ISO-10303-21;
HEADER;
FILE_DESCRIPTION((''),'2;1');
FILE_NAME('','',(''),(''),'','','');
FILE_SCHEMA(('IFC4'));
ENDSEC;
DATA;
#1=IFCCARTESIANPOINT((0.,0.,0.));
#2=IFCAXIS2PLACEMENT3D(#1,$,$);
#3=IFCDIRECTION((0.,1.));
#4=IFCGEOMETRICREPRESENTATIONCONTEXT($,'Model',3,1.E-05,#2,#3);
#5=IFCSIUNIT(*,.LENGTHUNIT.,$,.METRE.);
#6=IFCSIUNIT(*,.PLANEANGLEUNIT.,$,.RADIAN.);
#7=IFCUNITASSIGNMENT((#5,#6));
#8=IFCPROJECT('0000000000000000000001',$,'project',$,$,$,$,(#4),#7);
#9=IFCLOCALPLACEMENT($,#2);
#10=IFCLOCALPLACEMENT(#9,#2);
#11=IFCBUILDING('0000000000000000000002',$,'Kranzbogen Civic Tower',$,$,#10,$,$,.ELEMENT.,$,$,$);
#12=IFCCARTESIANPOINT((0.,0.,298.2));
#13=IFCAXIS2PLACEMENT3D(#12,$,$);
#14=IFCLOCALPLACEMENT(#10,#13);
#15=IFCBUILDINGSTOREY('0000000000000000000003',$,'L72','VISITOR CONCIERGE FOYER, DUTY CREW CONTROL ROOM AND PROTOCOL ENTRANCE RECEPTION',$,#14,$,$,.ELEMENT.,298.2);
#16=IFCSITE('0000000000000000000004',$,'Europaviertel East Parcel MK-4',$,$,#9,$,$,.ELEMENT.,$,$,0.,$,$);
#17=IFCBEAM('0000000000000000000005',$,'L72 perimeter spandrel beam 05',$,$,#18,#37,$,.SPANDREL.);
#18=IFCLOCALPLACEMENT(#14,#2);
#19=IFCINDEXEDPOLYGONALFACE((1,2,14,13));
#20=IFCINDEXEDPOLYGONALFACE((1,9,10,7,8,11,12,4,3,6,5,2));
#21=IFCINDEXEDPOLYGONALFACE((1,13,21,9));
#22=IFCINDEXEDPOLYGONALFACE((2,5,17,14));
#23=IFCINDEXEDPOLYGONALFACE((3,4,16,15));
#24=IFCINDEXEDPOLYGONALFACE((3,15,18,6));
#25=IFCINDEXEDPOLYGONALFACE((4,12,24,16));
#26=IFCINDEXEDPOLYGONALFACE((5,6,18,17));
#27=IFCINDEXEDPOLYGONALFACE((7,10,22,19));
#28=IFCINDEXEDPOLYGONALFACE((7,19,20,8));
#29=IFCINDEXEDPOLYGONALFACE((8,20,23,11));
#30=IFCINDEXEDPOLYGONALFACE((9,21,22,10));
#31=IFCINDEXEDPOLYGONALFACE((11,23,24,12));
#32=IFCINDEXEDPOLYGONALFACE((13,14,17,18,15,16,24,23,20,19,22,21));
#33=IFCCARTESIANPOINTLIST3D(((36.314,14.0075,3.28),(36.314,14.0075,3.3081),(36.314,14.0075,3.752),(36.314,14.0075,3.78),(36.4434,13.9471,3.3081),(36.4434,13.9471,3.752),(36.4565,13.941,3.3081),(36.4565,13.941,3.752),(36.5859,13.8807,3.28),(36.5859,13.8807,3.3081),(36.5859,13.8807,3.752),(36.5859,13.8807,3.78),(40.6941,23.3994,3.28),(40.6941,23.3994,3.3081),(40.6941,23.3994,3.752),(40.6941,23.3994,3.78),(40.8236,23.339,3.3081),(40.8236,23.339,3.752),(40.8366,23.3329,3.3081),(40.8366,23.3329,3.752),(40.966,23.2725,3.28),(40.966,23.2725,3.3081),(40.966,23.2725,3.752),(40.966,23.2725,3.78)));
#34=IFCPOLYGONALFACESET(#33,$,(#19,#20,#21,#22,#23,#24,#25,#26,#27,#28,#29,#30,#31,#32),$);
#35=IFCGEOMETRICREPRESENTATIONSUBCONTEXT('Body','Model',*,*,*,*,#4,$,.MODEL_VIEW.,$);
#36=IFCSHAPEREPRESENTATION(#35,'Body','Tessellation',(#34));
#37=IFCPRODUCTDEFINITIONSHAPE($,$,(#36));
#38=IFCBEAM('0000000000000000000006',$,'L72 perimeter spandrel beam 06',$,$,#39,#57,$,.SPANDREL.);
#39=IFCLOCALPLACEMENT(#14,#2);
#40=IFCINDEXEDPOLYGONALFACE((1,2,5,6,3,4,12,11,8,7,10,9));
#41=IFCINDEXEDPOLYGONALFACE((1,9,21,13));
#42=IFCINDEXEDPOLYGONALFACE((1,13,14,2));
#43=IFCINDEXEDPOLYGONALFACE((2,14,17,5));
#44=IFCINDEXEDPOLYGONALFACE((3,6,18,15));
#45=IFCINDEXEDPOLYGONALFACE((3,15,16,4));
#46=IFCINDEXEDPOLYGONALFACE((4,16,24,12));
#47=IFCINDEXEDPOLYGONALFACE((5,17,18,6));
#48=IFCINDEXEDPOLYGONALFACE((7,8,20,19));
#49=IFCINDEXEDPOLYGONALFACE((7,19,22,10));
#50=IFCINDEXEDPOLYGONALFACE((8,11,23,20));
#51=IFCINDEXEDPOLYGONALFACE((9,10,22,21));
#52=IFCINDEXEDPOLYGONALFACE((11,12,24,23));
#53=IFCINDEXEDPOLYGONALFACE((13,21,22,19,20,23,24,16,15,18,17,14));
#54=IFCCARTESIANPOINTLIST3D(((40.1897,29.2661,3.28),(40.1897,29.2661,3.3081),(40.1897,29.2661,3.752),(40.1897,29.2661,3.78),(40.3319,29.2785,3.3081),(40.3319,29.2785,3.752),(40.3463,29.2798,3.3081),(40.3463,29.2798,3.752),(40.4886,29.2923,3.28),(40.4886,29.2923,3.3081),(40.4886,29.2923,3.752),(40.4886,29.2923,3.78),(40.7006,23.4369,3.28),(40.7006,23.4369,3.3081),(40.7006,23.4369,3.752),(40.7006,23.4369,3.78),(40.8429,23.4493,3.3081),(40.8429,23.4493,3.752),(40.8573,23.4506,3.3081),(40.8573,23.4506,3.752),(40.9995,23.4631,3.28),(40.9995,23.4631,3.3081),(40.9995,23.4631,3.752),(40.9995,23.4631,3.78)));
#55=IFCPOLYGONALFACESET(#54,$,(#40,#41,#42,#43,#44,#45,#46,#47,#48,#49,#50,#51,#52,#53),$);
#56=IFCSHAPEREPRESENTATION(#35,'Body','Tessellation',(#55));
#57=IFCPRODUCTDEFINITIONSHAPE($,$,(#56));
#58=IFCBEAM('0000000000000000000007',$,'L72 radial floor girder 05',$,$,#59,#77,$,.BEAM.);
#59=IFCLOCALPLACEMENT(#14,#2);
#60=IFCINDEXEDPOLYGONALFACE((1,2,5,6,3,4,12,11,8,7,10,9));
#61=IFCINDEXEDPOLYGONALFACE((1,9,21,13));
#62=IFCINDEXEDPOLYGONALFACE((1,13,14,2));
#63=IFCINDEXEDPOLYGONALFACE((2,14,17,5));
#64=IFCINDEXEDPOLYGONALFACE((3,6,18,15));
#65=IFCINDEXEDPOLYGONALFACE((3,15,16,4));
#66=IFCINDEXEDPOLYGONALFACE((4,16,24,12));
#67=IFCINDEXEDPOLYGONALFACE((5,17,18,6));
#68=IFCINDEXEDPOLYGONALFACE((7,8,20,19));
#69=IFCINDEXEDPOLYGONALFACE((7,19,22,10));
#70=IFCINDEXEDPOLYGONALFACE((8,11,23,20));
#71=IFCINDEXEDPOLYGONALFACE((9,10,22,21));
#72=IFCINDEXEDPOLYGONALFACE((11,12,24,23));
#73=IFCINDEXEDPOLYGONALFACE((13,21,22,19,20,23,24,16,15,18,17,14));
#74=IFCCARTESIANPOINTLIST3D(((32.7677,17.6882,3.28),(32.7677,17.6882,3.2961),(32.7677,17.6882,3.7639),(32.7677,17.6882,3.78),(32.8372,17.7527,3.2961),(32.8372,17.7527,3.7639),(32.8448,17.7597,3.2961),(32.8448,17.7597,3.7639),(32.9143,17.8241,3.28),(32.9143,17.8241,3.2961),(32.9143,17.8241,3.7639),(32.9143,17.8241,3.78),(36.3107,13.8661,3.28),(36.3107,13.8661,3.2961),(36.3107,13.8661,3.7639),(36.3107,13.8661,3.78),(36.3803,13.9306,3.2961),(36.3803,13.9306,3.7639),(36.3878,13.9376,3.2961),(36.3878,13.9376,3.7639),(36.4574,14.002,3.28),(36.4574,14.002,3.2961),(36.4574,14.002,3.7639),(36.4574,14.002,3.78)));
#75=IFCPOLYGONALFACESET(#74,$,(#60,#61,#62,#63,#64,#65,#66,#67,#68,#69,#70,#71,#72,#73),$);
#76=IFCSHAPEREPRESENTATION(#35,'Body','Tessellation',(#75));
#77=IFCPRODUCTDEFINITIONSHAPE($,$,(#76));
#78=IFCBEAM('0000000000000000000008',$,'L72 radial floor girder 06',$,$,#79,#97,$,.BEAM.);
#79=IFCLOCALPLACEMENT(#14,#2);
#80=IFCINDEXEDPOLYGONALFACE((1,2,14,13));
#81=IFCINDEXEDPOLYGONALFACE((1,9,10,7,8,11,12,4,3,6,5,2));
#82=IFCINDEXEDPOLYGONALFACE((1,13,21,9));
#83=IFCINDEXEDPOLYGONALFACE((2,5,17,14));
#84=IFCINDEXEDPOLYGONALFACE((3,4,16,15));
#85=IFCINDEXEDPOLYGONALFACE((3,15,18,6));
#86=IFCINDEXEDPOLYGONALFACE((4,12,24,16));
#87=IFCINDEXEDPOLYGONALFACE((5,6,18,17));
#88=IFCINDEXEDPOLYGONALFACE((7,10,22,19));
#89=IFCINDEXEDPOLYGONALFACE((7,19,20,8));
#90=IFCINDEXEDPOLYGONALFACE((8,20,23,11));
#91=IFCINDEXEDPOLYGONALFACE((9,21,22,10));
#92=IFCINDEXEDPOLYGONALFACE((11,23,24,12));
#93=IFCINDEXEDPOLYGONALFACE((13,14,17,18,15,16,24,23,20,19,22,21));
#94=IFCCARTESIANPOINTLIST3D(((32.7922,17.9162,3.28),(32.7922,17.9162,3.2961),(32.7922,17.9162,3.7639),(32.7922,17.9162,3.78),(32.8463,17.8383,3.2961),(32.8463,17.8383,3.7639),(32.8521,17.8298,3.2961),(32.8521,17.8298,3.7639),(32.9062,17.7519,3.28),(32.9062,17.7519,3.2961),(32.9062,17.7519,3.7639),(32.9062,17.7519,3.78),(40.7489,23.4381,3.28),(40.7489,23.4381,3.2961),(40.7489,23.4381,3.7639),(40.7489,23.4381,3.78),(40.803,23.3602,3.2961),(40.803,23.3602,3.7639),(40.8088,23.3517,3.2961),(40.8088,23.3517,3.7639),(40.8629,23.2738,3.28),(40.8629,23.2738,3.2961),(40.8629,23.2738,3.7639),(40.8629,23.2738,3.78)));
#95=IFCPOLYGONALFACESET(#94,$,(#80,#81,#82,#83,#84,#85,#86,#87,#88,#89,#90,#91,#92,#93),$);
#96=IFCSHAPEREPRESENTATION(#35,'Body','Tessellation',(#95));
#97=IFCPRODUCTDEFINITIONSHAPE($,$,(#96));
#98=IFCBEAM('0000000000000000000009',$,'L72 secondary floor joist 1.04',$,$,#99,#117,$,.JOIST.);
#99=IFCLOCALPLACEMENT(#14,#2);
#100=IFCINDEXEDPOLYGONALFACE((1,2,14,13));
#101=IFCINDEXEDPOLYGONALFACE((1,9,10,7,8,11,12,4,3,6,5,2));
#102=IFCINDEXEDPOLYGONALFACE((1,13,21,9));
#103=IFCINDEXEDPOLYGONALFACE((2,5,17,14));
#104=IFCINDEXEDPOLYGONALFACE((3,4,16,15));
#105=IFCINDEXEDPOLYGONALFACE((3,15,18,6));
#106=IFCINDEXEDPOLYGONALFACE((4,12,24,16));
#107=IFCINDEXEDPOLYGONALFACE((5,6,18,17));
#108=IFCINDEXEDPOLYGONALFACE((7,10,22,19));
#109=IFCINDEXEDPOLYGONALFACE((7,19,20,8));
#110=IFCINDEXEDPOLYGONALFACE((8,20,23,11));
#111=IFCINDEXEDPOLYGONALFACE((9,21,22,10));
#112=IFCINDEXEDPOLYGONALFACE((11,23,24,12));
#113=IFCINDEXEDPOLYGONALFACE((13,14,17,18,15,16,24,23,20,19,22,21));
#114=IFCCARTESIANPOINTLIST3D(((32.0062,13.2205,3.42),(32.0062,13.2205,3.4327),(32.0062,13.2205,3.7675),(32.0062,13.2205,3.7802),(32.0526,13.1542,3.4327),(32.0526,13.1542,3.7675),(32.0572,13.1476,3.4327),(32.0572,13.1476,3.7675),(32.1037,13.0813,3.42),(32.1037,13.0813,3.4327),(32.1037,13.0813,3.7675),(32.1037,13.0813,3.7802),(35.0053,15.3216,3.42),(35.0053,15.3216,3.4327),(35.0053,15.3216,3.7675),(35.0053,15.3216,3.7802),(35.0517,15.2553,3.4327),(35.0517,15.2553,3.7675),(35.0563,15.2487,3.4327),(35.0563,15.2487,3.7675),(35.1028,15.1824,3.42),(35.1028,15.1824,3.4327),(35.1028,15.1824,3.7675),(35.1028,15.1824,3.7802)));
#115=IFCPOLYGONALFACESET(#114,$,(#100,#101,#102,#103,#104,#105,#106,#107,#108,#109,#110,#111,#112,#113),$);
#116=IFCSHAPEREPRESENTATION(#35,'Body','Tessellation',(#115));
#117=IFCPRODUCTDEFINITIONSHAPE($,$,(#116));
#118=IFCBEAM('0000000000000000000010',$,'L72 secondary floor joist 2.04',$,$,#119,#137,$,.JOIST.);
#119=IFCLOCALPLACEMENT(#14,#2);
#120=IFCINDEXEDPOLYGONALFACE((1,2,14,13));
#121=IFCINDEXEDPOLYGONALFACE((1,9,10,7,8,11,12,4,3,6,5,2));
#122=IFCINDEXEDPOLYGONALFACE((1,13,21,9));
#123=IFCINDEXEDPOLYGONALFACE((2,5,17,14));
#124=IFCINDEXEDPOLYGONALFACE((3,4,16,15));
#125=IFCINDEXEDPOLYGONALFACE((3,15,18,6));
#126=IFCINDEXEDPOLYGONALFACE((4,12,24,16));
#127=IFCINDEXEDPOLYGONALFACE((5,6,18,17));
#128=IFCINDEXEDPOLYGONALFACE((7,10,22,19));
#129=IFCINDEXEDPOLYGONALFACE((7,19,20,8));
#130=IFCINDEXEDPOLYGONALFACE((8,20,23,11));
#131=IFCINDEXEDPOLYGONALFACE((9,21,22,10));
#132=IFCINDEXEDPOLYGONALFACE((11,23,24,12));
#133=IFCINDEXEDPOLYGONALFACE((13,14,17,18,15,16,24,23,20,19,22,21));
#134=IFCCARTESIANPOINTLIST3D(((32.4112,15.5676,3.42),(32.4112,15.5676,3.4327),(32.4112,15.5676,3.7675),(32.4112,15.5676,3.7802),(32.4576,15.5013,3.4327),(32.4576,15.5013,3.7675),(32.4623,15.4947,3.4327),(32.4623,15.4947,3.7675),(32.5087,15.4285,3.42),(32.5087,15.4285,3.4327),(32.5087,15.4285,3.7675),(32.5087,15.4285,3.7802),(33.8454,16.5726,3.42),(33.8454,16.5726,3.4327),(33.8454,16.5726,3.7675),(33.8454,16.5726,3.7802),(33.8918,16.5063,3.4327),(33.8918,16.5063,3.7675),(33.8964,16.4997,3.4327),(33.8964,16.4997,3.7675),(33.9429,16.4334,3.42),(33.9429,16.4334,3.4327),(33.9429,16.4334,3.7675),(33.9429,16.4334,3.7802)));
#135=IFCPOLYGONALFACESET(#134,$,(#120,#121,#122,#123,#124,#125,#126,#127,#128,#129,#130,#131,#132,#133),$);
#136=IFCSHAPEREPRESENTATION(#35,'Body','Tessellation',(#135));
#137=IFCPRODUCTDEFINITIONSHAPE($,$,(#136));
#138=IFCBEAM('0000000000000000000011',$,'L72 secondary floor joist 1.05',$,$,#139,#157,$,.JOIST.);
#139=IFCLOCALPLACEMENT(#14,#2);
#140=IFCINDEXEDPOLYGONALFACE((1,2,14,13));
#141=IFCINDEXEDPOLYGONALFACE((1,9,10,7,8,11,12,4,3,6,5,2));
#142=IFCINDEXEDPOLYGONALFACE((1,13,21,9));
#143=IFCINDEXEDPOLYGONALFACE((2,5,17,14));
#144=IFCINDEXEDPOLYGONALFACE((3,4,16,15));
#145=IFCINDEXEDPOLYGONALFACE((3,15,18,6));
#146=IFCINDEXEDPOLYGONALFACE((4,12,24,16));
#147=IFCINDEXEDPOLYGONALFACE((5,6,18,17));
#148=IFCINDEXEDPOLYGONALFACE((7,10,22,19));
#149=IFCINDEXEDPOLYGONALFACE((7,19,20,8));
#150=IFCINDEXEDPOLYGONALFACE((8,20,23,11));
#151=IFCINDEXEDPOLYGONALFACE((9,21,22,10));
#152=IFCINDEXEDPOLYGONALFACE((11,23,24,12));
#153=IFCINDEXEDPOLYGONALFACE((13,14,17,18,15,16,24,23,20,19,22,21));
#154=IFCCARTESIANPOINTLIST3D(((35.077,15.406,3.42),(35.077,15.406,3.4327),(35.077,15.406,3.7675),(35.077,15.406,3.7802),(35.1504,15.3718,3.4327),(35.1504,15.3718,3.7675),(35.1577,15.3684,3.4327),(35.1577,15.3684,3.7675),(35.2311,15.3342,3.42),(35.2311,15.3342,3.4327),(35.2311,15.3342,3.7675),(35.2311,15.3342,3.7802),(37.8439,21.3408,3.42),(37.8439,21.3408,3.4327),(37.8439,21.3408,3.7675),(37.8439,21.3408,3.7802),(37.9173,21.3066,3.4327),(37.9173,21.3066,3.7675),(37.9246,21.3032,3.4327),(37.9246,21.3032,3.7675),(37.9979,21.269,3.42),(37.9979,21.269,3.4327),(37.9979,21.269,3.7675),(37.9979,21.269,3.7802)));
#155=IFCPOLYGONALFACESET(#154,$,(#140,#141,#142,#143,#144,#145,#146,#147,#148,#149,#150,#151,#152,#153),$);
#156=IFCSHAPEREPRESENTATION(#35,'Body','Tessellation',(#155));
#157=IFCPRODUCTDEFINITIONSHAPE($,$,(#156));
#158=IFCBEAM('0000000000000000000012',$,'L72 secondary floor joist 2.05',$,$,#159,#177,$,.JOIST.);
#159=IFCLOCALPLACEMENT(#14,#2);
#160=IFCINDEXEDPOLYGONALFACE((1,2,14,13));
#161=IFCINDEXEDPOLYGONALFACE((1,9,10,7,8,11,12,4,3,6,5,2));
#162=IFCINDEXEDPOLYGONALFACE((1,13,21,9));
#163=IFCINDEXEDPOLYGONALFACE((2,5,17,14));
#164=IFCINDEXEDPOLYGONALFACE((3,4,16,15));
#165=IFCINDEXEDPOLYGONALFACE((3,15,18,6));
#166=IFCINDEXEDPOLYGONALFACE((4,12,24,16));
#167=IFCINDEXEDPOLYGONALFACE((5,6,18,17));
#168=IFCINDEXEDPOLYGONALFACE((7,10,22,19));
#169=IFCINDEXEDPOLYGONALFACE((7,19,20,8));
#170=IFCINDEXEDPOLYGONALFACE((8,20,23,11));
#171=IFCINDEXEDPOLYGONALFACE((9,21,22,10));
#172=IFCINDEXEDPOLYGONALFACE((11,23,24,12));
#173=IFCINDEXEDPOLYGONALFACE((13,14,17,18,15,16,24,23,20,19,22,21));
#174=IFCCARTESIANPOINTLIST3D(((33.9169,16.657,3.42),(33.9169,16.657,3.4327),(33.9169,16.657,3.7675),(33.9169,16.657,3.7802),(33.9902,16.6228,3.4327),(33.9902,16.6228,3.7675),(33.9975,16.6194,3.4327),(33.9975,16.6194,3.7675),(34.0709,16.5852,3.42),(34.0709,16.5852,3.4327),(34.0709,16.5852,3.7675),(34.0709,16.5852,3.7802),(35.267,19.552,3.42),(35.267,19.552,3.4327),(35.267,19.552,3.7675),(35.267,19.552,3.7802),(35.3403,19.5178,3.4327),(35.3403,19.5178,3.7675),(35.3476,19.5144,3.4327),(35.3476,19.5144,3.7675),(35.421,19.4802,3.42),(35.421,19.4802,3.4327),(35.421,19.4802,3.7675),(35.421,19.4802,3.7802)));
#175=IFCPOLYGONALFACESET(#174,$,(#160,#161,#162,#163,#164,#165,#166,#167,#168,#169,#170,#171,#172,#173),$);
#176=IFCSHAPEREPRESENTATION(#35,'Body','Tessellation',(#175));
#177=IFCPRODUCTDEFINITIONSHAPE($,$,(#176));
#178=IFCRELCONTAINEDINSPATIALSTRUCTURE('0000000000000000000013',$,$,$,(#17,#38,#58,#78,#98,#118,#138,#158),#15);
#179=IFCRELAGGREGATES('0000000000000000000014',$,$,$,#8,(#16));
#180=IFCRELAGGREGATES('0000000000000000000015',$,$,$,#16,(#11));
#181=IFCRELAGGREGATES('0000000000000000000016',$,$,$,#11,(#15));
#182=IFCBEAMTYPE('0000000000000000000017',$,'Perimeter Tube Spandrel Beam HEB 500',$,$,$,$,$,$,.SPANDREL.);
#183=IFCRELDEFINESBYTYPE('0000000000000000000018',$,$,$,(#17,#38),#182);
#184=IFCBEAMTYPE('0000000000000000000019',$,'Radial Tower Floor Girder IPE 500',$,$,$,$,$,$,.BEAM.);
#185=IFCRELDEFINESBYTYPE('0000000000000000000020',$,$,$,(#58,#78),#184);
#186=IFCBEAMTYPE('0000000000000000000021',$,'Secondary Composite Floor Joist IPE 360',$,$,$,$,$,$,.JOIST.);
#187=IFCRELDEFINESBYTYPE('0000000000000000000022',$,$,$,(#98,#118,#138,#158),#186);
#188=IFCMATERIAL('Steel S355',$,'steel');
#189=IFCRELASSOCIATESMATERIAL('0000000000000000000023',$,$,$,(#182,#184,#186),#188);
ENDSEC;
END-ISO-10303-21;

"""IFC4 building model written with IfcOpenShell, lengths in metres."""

from ifc_helpers import new_model, si_unit, direction, frame, origin, origin_2d, place, context, subcontext, project, spatial, i_section, extrude, material, material_profile, profile_set, type_object, element, save


model = new_model("IFC4")

# Units and contexts
model_context = context("Model", 3, precision=1e-05, world=origin(), true_north=direction((0.0, 1.0)))
body_context = subcontext(model_context, "Body", "Model", "MODEL_VIEW")
ifc_project = project(units=[si_unit("LENGTHUNIT", "METRE"), si_unit("PLANEANGLEUNIT", "RADIAN")], contexts=[model_context])

# Site, building, storey
site_placement = place(None, origin())
site = spatial("IfcSite", under=ifc_project, at=site_placement, Name="Europaviertel East Parcel MK-4", CompositionType="ELEMENT", RefElevation=0.0)
building_placement = place(site_placement, origin())
building = spatial("IfcBuilding", under=site, at=building_placement, Name="Kranzbogen Civic Tower", CompositionType="ELEMENT")
storey_placement = place(building_placement, frame((0.0, 0.0, 298.2)))
storey = spatial("IfcBuildingStorey", under=building, at=storey_placement, Name="L72", Description="VISITOR CONCIERGE FOYER, DUTY CREW CONTROL ROOM AND PROTOCOL ENTRANCE RECEPTION", CompositionType="ELEMENT", Elevation=298.2)

# Shared definitions
ifc_material_1 = material(Name="Steel S355", Category="steel")

# Beams
ifc_material_profile_1 = material_profile(ifc_material_1, i_section(OverallWidth=0.3, OverallDepth=0.5, WebThickness=0.0144, FlangeThickness=0.0281, at=origin_2d()), Name="HEB 500")
ifc_profile_set_1 = profile_set([ifc_material_profile_1], Name="Steel S355")
beam_type_1 = type_object("IfcBeamType", Name="Perimeter Tube Spandrel Beam HEB 500", PredefinedType="SPANDREL", material=ifc_profile_set_1)
beam_1_placement = place(storey_placement, frame((36.45, 13.9441, 3.53), z_axis=(0.422669, 0.906284, 0.0), x_axis=(-0.906284, 0.422669, 0.0)))
element("IfcBeam", 1, at=beam_1_placement, inside=storey, type_object=beam_type_1, Name="L72 perimeter spandrel beam 05", PredefinedType="SPANDREL", context=body_context, shape_type="SweptSolid", body=[
    extrude(i_section(OverallWidth=0.3, OverallDepth=0.5, WebThickness=0.0144, FlangeThickness=0.0281, at=origin_2d()), origin(), (0.0, 0.0, 1.0), 10.363),
])
beam_2_placement = place(storey_placement, frame((40.8501, 23.45, 3.53), z_axis=(-0.087326, 0.99618, 0.0), x_axis=(-0.99618, -0.087326, 0.0)))
element("IfcBeam", 2, at=beam_2_placement, inside=storey, type_object=beam_type_1, Name="L72 perimeter spandrel beam 06", PredefinedType="SPANDREL", context=body_context, shape_type="SweptSolid", body=[
    extrude(i_section(OverallWidth=0.3, OverallDepth=0.5, WebThickness=0.0144, FlangeThickness=0.0281, at=origin_2d()), origin(), (0.0, 0.0, 1.0), 5.8516),
])
ifc_material_profile_2 = material_profile(ifc_material_1, i_section(OverallWidth=0.2, OverallDepth=0.5, WebThickness=0.0103, FlangeThickness=0.0161, at=origin_2d()), Name="IPE 500")
ifc_profile_set_2 = profile_set([ifc_material_profile_2], Name="Steel S355")
beam_type_2 = type_object("IfcBeamType", Name="Radial Tower Floor Girder IPE 500", PredefinedType="BEAM", material=ifc_profile_set_2)
beam_3_placement = place(storey_placement, frame((36.384, 13.9341, 3.53), z_axis=(-0.679827, 0.733372, 0.0), x_axis=(-0.733372, -0.679827, 0.0)))
element("IfcBeam", 3, at=beam_3_placement, inside=storey, type_object=beam_type_2, Name="L72 radial floor girder 05", PredefinedType="BEAM", context=body_context, shape_type="SweptSolid", body=[
    extrude(i_section(OverallWidth=0.2, OverallDepth=0.5, WebThickness=0.0103, FlangeThickness=0.0161, at=origin_2d()), origin(), (0.0, 0.0, 1.0), 5.2117),
])
beam_4_placement = place(storey_placement, frame((40.8059, 23.356, 3.53), z_axis=(-0.821543, -0.570147, 0.0), x_axis=(0.570147, -0.821543, 0.0)))
element("IfcBeam", 4, at=beam_4_placement, inside=storey, type_object=beam_type_2, Name="L72 radial floor girder 06", PredefinedType="BEAM", context=body_context, shape_type="SweptSolid", body=[
    extrude(i_section(OverallWidth=0.2, OverallDepth=0.5, WebThickness=0.0103, FlangeThickness=0.0161, at=origin_2d()), origin(), (0.0, 0.0, 1.0), 9.6851),
])
ifc_material_profile_3 = material_profile(ifc_material_1, i_section(OverallWidth=0.1699, OverallDepth=0.3601, WebThickness=0.0081, FlangeThickness=0.0127, at=origin_2d()), Name="IPE 360")
ifc_profile_set_3 = profile_set([ifc_material_profile_3], Name="Steel S355")
beam_type_3 = type_object("IfcBeamType", Name="Secondary Composite Floor Joist IPE 360", PredefinedType="JOIST", material=ifc_profile_set_3)
beam_5_placement = place(storey_placement, frame((32.0549, 13.1509, 3.6001), z_axis=(0.819006, 0.573784, 0.0), x_axis=(-0.573784, 0.819006, 0.0)))
element("IfcBeam", 5, at=beam_5_placement, inside=storey, type_object=beam_type_3, Name="L72 secondary floor joist 1.04", PredefinedType="JOIST", context=body_context, shape_type="SweptSolid", body=[
    extrude(i_section(OverallWidth=0.1699, OverallDepth=0.3601, WebThickness=0.0081, FlangeThickness=0.0127, at=origin_2d()), origin(), (0.0, 0.0, 1.0), 3.6619),
])
beam_6_placement = place(storey_placement, frame((32.46, 15.498, 3.6001), z_axis=(0.818957, 0.573855, 0.0), x_axis=(-0.573855, 0.818957, 0.0)))
element("IfcBeam", 6, at=beam_6_placement, inside=storey, type_object=beam_type_3, Name="L72 secondary floor joist 2.04", PredefinedType="JOIST", context=body_context, shape_type="SweptSolid", body=[
    extrude(i_section(OverallWidth=0.1699, OverallDepth=0.3601, WebThickness=0.0081, FlangeThickness=0.0127, at=origin_2d()), origin(), (0.0, 0.0, 1.0), 1.7512),
])
beam_7_placement = place(storey_placement, frame((35.1541, 15.3701, 3.6001), z_axis=(0.422543, 0.906343, 0.0), x_axis=(-0.906343, 0.422543, 0.0)))
element("IfcBeam", 7, at=beam_7_placement, inside=storey, type_object=beam_type_3, Name="L72 secondary floor joist 1.05", PredefinedType="JOIST", context=body_context, shape_type="SweptSolid", body=[
    extrude(i_section(OverallWidth=0.1699, OverallDepth=0.3601, WebThickness=0.0081, FlangeThickness=0.0127, at=origin_2d()), origin(), (0.0, 0.0, 1.0), 6.5481),
])
beam_8_placement = place(storey_placement, frame((33.9939, 16.6211, 3.6001), z_axis=(0.422651, 0.906292, 0.0), x_axis=(-0.906292, 0.422651, 0.0)))
element("IfcBeam", 8, at=beam_8_placement, inside=storey, type_object=beam_type_3, Name="L72 secondary floor joist 2.05", PredefinedType="JOIST", context=body_context, shape_type="SweptSolid", body=[
    extrude(i_section(OverallWidth=0.1699, OverallDepth=0.3601, WebThickness=0.0081, FlangeThickness=0.0127, at=origin_2d()), origin(), (0.0, 0.0, 1.0), 3.1943),
])

save(model, "model.ifc")
